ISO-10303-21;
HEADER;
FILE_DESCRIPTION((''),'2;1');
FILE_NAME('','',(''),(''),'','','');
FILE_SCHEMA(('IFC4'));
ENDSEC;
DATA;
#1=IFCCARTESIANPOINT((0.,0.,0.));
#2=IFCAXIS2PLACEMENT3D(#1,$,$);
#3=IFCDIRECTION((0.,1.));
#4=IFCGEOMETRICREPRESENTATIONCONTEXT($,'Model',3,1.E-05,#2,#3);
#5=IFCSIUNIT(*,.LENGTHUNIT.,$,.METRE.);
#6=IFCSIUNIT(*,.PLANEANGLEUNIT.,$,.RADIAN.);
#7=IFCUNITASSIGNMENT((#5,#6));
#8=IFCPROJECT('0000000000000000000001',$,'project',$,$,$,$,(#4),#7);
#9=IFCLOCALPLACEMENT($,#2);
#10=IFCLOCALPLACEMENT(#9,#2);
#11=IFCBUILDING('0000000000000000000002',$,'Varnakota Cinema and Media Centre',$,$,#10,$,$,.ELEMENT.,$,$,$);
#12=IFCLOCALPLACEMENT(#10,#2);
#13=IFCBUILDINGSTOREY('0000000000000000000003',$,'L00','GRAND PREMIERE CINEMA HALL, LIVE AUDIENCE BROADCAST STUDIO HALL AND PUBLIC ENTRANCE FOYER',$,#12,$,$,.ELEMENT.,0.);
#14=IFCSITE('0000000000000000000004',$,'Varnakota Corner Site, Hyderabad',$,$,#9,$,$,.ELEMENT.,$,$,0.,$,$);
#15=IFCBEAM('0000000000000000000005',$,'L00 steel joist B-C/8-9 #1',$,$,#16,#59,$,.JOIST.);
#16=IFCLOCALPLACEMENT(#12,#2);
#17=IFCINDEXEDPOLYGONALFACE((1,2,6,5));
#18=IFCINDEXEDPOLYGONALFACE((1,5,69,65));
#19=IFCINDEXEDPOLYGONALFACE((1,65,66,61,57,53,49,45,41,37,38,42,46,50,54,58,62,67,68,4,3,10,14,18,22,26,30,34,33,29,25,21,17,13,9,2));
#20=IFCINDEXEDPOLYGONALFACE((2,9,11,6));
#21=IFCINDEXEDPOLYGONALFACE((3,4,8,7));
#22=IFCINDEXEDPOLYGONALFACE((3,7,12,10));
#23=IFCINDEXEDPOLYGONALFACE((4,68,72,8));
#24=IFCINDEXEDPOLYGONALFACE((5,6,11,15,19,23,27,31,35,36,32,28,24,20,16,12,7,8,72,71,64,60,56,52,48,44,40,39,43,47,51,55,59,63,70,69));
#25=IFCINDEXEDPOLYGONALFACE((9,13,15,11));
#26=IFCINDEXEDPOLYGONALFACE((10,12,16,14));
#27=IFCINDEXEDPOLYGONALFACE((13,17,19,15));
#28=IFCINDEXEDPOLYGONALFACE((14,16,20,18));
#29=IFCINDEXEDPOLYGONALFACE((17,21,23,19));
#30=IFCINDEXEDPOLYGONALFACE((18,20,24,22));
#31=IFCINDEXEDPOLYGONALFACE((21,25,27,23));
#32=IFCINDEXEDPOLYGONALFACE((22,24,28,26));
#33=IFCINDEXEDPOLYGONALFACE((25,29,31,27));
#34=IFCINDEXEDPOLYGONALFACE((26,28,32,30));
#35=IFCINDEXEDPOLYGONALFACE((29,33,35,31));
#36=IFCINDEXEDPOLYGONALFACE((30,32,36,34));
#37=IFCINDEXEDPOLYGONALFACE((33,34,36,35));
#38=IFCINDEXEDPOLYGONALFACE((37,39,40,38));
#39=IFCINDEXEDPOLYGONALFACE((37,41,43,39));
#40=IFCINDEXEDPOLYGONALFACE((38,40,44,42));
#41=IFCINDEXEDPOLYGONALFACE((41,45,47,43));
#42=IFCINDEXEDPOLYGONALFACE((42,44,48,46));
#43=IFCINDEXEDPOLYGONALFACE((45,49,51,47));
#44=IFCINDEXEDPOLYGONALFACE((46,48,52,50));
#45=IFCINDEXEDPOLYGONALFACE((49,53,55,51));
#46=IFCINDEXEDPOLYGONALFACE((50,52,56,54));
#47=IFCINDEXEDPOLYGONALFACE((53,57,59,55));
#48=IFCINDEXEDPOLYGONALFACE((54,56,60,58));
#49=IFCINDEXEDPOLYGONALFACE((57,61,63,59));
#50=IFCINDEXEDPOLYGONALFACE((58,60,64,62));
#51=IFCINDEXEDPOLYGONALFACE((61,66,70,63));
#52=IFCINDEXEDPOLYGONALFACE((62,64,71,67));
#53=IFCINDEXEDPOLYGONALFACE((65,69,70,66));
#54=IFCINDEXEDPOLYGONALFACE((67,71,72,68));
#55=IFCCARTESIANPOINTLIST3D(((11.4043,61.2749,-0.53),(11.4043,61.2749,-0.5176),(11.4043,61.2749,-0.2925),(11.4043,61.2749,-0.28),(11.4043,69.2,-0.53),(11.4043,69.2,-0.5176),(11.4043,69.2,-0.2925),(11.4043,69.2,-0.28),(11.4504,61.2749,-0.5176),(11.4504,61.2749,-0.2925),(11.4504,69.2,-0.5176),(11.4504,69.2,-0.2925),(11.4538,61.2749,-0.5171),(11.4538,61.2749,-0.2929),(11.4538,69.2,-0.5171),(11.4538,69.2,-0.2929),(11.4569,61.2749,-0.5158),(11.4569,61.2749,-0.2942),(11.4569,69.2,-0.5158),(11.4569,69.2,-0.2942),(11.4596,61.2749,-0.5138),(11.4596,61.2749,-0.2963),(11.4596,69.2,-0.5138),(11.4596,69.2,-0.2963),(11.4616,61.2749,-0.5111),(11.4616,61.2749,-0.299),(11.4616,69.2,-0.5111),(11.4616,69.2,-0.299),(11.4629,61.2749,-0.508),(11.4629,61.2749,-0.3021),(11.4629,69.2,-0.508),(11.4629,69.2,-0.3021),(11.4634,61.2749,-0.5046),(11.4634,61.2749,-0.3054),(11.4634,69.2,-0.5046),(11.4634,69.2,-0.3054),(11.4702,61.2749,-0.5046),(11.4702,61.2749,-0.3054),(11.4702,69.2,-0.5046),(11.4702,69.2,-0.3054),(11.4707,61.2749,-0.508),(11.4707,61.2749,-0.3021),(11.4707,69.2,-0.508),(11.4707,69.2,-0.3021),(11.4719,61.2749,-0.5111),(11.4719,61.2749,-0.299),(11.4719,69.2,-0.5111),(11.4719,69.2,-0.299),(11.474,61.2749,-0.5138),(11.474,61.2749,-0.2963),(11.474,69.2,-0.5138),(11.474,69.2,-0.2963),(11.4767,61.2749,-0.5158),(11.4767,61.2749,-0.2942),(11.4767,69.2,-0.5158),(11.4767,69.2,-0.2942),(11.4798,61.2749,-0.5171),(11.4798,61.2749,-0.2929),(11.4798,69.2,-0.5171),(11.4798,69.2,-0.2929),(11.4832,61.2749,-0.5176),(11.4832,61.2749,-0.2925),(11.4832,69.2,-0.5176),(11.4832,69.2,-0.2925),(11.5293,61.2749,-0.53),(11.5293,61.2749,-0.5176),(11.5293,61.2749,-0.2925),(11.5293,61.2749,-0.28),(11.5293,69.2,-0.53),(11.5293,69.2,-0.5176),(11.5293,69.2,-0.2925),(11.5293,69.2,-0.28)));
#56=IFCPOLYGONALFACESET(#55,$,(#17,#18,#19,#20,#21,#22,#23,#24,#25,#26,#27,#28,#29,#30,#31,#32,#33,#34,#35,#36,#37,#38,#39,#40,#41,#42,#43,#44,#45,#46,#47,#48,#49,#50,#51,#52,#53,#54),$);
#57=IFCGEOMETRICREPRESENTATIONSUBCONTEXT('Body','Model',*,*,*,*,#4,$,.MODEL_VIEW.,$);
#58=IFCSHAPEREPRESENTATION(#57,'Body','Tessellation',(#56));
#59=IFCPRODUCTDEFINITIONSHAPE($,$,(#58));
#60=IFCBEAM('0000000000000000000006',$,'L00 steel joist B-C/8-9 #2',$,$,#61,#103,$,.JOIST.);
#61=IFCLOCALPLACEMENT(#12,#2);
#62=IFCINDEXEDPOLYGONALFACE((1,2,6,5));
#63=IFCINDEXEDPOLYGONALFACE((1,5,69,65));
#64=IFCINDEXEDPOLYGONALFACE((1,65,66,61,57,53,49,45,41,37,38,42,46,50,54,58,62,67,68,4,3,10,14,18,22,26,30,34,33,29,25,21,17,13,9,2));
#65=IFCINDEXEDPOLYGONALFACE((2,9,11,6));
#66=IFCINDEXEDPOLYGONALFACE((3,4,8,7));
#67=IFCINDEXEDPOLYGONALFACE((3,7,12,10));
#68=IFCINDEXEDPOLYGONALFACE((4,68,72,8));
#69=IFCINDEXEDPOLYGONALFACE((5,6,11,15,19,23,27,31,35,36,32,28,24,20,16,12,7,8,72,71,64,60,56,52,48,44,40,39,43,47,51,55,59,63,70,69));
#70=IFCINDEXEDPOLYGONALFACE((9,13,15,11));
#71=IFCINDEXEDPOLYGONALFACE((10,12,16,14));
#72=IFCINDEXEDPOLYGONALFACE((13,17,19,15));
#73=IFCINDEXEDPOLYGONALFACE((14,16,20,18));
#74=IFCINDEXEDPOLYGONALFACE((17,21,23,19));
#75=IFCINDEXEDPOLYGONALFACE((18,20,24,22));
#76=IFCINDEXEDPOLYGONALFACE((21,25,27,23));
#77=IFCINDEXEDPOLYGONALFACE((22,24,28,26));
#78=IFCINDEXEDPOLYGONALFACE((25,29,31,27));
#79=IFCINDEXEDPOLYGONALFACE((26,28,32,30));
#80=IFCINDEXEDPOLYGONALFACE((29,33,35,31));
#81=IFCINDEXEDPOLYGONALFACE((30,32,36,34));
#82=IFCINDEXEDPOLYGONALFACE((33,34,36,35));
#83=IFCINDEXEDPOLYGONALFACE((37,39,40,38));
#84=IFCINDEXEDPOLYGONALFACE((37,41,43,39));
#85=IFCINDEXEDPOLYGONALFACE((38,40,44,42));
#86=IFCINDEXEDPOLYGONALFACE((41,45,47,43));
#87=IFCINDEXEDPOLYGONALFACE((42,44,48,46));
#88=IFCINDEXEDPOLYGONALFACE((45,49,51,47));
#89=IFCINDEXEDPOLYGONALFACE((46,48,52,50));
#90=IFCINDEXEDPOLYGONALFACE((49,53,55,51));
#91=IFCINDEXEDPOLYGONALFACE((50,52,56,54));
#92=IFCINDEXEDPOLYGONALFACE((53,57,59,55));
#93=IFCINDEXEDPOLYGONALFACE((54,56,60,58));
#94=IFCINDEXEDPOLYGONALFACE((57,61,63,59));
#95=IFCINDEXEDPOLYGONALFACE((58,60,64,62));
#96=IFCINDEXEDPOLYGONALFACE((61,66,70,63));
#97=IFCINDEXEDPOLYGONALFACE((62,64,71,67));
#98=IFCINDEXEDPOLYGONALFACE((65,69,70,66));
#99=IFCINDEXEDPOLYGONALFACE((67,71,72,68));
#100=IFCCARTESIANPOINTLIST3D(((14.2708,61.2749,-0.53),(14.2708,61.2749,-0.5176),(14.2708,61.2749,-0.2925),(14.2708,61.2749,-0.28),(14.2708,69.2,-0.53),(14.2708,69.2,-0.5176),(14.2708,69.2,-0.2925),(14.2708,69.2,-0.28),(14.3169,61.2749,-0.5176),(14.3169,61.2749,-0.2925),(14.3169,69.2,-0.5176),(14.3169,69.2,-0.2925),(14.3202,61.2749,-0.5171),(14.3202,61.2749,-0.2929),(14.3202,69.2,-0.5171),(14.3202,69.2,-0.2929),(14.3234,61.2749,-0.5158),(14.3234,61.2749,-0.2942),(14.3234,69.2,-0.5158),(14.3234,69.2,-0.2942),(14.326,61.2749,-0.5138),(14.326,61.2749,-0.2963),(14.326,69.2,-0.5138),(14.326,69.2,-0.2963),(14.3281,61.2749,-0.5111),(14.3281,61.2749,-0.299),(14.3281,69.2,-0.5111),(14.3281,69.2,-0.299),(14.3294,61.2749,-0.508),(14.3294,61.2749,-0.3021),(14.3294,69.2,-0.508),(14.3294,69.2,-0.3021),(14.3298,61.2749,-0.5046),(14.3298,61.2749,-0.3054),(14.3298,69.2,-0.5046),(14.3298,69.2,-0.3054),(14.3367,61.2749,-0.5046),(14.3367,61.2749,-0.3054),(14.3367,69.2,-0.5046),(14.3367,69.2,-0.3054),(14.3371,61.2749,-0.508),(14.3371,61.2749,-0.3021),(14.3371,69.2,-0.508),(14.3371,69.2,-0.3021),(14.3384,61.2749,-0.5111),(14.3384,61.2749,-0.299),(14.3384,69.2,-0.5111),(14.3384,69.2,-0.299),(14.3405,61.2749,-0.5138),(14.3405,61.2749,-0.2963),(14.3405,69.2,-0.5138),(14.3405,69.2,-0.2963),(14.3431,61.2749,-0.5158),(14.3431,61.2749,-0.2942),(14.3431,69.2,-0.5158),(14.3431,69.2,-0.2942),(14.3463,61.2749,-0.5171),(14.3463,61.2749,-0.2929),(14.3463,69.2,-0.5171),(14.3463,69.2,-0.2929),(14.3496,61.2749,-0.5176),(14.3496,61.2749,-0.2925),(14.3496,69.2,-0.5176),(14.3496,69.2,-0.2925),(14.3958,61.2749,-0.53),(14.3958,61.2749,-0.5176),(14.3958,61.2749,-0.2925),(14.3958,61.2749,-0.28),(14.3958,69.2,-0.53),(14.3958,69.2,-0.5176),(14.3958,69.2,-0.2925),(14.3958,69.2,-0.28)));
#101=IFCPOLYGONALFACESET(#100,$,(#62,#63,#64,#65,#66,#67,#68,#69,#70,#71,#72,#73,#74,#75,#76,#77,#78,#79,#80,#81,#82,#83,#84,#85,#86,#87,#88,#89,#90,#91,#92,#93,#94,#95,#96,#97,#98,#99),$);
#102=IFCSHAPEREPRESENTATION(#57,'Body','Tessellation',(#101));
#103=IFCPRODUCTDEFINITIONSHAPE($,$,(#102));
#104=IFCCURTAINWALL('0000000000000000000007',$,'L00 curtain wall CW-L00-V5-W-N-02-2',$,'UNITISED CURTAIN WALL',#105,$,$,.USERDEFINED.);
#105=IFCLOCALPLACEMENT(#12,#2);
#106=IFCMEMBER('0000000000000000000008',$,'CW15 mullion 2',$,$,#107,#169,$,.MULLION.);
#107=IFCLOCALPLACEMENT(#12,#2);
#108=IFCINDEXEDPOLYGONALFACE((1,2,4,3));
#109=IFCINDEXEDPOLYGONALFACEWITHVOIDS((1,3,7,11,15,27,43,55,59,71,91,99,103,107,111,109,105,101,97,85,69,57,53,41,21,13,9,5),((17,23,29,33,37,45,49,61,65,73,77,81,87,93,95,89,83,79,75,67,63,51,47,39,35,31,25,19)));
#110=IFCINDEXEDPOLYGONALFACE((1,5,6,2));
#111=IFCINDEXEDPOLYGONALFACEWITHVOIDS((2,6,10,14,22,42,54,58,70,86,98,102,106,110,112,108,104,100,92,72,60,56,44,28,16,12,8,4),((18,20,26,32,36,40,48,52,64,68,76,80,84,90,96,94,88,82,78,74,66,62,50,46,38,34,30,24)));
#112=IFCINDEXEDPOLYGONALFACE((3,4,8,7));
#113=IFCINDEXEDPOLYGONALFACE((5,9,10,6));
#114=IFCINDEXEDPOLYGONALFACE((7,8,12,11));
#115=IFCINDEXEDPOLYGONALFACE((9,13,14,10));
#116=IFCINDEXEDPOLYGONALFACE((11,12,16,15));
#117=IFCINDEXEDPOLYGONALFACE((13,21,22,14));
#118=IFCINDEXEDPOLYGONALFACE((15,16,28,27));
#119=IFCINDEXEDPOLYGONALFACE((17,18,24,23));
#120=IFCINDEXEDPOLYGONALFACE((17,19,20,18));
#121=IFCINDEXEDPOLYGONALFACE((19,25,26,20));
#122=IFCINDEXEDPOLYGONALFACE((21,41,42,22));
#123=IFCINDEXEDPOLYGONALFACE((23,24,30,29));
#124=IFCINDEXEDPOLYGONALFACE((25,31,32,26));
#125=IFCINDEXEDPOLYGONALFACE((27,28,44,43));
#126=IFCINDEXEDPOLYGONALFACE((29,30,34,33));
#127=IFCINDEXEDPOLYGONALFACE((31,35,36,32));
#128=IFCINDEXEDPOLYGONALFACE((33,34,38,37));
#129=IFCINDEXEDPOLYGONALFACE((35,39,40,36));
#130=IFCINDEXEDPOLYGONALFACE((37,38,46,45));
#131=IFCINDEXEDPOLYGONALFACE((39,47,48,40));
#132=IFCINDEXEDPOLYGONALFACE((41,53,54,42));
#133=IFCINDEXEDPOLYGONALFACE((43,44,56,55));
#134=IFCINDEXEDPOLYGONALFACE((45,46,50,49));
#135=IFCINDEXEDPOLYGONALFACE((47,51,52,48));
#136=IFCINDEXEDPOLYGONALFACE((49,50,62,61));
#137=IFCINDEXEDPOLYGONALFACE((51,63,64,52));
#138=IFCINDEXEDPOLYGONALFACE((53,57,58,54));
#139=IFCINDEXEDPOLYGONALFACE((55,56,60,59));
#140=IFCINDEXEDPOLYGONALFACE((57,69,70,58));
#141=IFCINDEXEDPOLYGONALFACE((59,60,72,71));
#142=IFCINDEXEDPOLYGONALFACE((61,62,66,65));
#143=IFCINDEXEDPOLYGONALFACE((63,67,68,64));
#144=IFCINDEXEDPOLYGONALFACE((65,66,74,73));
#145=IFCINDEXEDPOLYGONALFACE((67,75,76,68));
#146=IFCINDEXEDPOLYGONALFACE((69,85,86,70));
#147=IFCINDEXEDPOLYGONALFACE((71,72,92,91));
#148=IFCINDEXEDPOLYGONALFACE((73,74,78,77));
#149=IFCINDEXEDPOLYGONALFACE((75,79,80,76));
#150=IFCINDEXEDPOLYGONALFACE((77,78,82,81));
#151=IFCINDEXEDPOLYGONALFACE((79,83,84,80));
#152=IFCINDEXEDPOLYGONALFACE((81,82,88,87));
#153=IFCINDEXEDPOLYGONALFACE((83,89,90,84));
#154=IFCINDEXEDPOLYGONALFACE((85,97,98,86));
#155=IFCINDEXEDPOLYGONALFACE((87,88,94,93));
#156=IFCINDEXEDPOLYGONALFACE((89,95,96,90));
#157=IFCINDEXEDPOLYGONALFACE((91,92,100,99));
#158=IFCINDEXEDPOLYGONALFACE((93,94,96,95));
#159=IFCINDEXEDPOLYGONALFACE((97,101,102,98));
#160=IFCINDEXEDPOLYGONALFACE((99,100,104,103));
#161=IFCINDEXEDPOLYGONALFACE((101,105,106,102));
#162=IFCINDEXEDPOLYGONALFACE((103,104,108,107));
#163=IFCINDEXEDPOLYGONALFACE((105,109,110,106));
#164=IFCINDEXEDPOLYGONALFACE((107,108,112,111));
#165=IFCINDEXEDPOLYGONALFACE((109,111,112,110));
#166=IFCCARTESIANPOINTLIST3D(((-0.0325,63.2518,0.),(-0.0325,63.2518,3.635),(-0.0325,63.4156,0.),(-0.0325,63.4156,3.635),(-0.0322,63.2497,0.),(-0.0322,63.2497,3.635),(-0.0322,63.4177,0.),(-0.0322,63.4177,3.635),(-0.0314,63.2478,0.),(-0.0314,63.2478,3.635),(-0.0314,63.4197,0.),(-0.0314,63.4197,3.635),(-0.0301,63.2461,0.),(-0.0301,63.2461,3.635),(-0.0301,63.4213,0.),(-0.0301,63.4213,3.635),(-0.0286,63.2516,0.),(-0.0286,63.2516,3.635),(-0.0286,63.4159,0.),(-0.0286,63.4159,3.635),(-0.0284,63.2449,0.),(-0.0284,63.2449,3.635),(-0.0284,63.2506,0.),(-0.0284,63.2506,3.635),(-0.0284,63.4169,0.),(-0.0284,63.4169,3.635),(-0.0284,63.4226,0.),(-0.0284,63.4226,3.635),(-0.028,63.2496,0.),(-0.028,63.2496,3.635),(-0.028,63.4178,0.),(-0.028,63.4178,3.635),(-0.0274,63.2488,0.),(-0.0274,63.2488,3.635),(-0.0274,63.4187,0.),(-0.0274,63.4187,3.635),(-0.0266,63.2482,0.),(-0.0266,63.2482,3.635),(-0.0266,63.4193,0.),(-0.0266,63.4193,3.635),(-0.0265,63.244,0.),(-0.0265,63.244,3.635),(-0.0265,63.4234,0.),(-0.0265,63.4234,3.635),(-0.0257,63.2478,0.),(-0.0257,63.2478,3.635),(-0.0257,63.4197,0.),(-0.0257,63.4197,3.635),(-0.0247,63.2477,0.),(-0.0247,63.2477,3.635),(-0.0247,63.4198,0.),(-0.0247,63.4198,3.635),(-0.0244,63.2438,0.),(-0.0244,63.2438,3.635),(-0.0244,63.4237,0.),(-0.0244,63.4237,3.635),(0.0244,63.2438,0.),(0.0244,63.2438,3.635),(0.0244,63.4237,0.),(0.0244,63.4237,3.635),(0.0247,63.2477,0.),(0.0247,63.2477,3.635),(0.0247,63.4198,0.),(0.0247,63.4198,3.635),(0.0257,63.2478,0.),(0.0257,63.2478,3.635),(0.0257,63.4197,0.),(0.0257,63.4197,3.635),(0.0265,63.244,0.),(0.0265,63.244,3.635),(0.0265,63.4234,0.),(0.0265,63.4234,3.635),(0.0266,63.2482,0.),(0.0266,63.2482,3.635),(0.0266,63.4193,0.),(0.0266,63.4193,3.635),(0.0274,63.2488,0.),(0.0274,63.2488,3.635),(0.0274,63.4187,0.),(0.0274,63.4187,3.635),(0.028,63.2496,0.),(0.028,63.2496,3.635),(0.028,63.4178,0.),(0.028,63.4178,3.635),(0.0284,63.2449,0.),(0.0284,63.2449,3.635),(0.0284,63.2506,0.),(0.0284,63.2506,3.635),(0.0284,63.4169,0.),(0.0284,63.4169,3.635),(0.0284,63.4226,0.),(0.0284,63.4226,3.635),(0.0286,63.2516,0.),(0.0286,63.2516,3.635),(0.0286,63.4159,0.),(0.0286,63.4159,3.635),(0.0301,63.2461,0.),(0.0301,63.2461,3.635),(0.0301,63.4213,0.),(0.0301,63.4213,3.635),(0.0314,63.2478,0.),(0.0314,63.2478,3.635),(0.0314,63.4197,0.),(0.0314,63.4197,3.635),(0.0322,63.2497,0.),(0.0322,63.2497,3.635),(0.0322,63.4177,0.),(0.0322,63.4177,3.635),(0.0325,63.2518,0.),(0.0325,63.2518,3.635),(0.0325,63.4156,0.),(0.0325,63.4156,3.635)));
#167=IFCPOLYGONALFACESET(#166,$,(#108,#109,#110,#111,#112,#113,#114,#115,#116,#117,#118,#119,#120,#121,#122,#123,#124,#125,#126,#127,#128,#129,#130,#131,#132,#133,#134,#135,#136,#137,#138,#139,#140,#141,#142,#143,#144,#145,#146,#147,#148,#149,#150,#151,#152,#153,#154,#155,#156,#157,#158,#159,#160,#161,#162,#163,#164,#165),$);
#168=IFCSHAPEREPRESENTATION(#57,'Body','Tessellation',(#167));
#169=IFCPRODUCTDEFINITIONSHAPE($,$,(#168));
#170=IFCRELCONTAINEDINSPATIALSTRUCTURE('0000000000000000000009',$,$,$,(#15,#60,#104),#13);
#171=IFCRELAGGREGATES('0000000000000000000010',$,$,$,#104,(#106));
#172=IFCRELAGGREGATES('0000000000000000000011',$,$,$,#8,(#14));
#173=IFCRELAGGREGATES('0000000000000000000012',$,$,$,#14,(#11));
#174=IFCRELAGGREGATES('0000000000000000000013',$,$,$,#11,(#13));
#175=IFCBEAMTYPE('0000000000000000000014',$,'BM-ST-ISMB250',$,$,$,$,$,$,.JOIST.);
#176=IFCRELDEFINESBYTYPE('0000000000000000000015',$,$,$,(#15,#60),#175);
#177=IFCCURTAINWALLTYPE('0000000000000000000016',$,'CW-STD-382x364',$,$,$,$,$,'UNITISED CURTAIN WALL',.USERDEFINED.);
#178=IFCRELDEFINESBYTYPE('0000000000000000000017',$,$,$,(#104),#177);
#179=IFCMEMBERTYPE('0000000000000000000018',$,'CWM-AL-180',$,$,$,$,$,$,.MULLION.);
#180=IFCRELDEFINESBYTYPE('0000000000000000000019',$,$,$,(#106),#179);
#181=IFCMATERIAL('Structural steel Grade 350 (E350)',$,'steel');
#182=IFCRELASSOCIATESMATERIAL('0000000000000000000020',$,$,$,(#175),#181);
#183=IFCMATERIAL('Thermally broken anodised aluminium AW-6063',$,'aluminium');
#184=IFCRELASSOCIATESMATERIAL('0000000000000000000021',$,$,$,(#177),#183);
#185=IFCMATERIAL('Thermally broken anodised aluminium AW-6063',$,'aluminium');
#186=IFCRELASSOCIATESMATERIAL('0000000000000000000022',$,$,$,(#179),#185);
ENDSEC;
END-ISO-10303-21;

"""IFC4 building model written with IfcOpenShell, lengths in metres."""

from ifc_helpers import new_model, si_unit, direction, frame, origin, origin_2d, place, context, subcontext, project, spatial, hollow_rectangle, i_section, extrude, material, material_profile, profile_set, type_object, element, aggregate, save


model = new_model("IFC4")

# Units and contexts
model_context = context("Model", 3, precision=1e-05, world=origin(), true_north=direction((0.0, 1.0)))
body_context = subcontext(model_context, "Body", "Model", "MODEL_VIEW")
ifc_project = project(units=[si_unit("LENGTHUNIT", "METRE"), si_unit("PLANEANGLEUNIT", "RADIAN")], contexts=[model_context])

# Site, building, storey
site_placement = place(None, origin())
site = spatial("IfcSite", under=ifc_project, at=site_placement, Name="Varnakota Corner Site, Hyderabad", CompositionType="ELEMENT", RefElevation=0.0)
building_placement = place(site_placement, origin())
building = spatial("IfcBuilding", under=site, at=building_placement, Name="Varnakota Cinema and Media Centre", CompositionType="ELEMENT")
storey_placement = place(building_placement, origin())
storey = spatial("IfcBuildingStorey", under=building, at=storey_placement, Name="L00", Description="GRAND PREMIERE CINEMA HALL, LIVE AUDIENCE BROADCAST STUDIO HALL AND PUBLIC ENTRANCE FOYER", CompositionType="ELEMENT", Elevation=0.0)

# Beams
ifc_material_1 = material(Name="Structural steel Grade 350 (E350)", Category="steel")
ifc_material_profile_1 = material_profile(ifc_material_1, i_section(OverallWidth=0.125, OverallDepth=0.25, WebThickness=0.0068, FlangeThickness=0.0125, FilletRadius=0.0129, at=origin_2d()), Name="ISMB 250")
ifc_profile_set_1 = profile_set([ifc_material_profile_1], Name="Structural steel Grade 350 (E350)")
beam_type_1 = type_object("IfcBeamType", Name="BM-ST-ISMB250", PredefinedType="JOIST", material=ifc_profile_set_1)
for number, where, z_axis, x_axis, name in (
    (1, (11.4668, 61.2749, -0.405), (0.0, 1.0, 0.0), (-1.0, 0.0, 0.0), "L00 steel joist B-C/8-9 #1"),
    (2, (14.3333, 61.2749, -0.405), (0.0, 1.0, 0.0), (-1.0, 0.0, 0.0), "L00 steel joist B-C/8-9 #2"),
):
    element("IfcBeam", number, at=place(storey_placement, frame(where, z_axis=z_axis, x_axis=x_axis)), inside=storey, type_object=beam_type_1, Name=name, PredefinedType="JOIST", context=body_context, shape_type="SweptSolid", body=[
        extrude(i_section(OverallWidth=0.125, OverallDepth=0.25, WebThickness=0.0068, FlangeThickness=0.0125, FilletRadius=0.0129, at=origin_2d()), origin(), (0.0, 0.0, 1.0), 7.925),
    ])

# Curtain wall, member
ifc_material_2 = material(Name="Thermally broken anodised aluminium AW-6063", Category="aluminium")
curtain_wall_type = type_object("IfcCurtainWallType", Name="CW-STD-382x364", ElementType="UNITISED CURTAIN WALL", PredefinedType="USERDEFINED", material=ifc_material_2)
curtain_wall_placement = place(storey_placement, origin())
curtain_wall = element("IfcCurtainWall", 3, at=curtain_wall_placement, inside=storey, type_object=curtain_wall_type, Name="L00 curtain wall CW-L00-V5-W-N-02-2", ObjectType="UNITISED CURTAIN WALL", PredefinedType="USERDEFINED")
ifc_material_3 = material(Name="Thermally broken anodised aluminium AW-6063", Category="aluminium")
ifc_material_profile_2 = material_profile(ifc_material_3, hollow_rectangle(XDim=0.0649, YDim=0.1799, WallThickness=0.0039, InnerFilletRadius=0.0039, OuterFilletRadius=0.0081, at=origin_2d()), Name="AL-MULLION 180x65x4")
ifc_profile_set_2 = profile_set([ifc_material_profile_2], Name="Thermally broken anodised aluminium AW-6063")
member_type_1 = type_object("IfcMemberType", Name="CWM-AL-180", PredefinedType="MULLION", material=ifc_profile_set_2)
member_1_placement = place(storey_placement, frame((0.0, 63.3337, 0.0), z_axis=(0.0, 0.0, 1.0), x_axis=(1.0, 0.0, 0.0)))
member_1 = element("IfcMember", 4, at=member_1_placement, type_object=member_type_1, Name="CW15 mullion 2", PredefinedType="MULLION", context=body_context, shape_type="SweptSolid", body=[
    extrude(hollow_rectangle(XDim=0.0649, YDim=0.1799, WallThickness=0.0039, InnerFilletRadius=0.0039, OuterFilletRadius=0.0081, at=origin_2d()), origin(), (0.0, 0.0, 1.0), 3.635),
])
aggregate(curtain_wall, [member_1])

save(model, "model.ifc")
